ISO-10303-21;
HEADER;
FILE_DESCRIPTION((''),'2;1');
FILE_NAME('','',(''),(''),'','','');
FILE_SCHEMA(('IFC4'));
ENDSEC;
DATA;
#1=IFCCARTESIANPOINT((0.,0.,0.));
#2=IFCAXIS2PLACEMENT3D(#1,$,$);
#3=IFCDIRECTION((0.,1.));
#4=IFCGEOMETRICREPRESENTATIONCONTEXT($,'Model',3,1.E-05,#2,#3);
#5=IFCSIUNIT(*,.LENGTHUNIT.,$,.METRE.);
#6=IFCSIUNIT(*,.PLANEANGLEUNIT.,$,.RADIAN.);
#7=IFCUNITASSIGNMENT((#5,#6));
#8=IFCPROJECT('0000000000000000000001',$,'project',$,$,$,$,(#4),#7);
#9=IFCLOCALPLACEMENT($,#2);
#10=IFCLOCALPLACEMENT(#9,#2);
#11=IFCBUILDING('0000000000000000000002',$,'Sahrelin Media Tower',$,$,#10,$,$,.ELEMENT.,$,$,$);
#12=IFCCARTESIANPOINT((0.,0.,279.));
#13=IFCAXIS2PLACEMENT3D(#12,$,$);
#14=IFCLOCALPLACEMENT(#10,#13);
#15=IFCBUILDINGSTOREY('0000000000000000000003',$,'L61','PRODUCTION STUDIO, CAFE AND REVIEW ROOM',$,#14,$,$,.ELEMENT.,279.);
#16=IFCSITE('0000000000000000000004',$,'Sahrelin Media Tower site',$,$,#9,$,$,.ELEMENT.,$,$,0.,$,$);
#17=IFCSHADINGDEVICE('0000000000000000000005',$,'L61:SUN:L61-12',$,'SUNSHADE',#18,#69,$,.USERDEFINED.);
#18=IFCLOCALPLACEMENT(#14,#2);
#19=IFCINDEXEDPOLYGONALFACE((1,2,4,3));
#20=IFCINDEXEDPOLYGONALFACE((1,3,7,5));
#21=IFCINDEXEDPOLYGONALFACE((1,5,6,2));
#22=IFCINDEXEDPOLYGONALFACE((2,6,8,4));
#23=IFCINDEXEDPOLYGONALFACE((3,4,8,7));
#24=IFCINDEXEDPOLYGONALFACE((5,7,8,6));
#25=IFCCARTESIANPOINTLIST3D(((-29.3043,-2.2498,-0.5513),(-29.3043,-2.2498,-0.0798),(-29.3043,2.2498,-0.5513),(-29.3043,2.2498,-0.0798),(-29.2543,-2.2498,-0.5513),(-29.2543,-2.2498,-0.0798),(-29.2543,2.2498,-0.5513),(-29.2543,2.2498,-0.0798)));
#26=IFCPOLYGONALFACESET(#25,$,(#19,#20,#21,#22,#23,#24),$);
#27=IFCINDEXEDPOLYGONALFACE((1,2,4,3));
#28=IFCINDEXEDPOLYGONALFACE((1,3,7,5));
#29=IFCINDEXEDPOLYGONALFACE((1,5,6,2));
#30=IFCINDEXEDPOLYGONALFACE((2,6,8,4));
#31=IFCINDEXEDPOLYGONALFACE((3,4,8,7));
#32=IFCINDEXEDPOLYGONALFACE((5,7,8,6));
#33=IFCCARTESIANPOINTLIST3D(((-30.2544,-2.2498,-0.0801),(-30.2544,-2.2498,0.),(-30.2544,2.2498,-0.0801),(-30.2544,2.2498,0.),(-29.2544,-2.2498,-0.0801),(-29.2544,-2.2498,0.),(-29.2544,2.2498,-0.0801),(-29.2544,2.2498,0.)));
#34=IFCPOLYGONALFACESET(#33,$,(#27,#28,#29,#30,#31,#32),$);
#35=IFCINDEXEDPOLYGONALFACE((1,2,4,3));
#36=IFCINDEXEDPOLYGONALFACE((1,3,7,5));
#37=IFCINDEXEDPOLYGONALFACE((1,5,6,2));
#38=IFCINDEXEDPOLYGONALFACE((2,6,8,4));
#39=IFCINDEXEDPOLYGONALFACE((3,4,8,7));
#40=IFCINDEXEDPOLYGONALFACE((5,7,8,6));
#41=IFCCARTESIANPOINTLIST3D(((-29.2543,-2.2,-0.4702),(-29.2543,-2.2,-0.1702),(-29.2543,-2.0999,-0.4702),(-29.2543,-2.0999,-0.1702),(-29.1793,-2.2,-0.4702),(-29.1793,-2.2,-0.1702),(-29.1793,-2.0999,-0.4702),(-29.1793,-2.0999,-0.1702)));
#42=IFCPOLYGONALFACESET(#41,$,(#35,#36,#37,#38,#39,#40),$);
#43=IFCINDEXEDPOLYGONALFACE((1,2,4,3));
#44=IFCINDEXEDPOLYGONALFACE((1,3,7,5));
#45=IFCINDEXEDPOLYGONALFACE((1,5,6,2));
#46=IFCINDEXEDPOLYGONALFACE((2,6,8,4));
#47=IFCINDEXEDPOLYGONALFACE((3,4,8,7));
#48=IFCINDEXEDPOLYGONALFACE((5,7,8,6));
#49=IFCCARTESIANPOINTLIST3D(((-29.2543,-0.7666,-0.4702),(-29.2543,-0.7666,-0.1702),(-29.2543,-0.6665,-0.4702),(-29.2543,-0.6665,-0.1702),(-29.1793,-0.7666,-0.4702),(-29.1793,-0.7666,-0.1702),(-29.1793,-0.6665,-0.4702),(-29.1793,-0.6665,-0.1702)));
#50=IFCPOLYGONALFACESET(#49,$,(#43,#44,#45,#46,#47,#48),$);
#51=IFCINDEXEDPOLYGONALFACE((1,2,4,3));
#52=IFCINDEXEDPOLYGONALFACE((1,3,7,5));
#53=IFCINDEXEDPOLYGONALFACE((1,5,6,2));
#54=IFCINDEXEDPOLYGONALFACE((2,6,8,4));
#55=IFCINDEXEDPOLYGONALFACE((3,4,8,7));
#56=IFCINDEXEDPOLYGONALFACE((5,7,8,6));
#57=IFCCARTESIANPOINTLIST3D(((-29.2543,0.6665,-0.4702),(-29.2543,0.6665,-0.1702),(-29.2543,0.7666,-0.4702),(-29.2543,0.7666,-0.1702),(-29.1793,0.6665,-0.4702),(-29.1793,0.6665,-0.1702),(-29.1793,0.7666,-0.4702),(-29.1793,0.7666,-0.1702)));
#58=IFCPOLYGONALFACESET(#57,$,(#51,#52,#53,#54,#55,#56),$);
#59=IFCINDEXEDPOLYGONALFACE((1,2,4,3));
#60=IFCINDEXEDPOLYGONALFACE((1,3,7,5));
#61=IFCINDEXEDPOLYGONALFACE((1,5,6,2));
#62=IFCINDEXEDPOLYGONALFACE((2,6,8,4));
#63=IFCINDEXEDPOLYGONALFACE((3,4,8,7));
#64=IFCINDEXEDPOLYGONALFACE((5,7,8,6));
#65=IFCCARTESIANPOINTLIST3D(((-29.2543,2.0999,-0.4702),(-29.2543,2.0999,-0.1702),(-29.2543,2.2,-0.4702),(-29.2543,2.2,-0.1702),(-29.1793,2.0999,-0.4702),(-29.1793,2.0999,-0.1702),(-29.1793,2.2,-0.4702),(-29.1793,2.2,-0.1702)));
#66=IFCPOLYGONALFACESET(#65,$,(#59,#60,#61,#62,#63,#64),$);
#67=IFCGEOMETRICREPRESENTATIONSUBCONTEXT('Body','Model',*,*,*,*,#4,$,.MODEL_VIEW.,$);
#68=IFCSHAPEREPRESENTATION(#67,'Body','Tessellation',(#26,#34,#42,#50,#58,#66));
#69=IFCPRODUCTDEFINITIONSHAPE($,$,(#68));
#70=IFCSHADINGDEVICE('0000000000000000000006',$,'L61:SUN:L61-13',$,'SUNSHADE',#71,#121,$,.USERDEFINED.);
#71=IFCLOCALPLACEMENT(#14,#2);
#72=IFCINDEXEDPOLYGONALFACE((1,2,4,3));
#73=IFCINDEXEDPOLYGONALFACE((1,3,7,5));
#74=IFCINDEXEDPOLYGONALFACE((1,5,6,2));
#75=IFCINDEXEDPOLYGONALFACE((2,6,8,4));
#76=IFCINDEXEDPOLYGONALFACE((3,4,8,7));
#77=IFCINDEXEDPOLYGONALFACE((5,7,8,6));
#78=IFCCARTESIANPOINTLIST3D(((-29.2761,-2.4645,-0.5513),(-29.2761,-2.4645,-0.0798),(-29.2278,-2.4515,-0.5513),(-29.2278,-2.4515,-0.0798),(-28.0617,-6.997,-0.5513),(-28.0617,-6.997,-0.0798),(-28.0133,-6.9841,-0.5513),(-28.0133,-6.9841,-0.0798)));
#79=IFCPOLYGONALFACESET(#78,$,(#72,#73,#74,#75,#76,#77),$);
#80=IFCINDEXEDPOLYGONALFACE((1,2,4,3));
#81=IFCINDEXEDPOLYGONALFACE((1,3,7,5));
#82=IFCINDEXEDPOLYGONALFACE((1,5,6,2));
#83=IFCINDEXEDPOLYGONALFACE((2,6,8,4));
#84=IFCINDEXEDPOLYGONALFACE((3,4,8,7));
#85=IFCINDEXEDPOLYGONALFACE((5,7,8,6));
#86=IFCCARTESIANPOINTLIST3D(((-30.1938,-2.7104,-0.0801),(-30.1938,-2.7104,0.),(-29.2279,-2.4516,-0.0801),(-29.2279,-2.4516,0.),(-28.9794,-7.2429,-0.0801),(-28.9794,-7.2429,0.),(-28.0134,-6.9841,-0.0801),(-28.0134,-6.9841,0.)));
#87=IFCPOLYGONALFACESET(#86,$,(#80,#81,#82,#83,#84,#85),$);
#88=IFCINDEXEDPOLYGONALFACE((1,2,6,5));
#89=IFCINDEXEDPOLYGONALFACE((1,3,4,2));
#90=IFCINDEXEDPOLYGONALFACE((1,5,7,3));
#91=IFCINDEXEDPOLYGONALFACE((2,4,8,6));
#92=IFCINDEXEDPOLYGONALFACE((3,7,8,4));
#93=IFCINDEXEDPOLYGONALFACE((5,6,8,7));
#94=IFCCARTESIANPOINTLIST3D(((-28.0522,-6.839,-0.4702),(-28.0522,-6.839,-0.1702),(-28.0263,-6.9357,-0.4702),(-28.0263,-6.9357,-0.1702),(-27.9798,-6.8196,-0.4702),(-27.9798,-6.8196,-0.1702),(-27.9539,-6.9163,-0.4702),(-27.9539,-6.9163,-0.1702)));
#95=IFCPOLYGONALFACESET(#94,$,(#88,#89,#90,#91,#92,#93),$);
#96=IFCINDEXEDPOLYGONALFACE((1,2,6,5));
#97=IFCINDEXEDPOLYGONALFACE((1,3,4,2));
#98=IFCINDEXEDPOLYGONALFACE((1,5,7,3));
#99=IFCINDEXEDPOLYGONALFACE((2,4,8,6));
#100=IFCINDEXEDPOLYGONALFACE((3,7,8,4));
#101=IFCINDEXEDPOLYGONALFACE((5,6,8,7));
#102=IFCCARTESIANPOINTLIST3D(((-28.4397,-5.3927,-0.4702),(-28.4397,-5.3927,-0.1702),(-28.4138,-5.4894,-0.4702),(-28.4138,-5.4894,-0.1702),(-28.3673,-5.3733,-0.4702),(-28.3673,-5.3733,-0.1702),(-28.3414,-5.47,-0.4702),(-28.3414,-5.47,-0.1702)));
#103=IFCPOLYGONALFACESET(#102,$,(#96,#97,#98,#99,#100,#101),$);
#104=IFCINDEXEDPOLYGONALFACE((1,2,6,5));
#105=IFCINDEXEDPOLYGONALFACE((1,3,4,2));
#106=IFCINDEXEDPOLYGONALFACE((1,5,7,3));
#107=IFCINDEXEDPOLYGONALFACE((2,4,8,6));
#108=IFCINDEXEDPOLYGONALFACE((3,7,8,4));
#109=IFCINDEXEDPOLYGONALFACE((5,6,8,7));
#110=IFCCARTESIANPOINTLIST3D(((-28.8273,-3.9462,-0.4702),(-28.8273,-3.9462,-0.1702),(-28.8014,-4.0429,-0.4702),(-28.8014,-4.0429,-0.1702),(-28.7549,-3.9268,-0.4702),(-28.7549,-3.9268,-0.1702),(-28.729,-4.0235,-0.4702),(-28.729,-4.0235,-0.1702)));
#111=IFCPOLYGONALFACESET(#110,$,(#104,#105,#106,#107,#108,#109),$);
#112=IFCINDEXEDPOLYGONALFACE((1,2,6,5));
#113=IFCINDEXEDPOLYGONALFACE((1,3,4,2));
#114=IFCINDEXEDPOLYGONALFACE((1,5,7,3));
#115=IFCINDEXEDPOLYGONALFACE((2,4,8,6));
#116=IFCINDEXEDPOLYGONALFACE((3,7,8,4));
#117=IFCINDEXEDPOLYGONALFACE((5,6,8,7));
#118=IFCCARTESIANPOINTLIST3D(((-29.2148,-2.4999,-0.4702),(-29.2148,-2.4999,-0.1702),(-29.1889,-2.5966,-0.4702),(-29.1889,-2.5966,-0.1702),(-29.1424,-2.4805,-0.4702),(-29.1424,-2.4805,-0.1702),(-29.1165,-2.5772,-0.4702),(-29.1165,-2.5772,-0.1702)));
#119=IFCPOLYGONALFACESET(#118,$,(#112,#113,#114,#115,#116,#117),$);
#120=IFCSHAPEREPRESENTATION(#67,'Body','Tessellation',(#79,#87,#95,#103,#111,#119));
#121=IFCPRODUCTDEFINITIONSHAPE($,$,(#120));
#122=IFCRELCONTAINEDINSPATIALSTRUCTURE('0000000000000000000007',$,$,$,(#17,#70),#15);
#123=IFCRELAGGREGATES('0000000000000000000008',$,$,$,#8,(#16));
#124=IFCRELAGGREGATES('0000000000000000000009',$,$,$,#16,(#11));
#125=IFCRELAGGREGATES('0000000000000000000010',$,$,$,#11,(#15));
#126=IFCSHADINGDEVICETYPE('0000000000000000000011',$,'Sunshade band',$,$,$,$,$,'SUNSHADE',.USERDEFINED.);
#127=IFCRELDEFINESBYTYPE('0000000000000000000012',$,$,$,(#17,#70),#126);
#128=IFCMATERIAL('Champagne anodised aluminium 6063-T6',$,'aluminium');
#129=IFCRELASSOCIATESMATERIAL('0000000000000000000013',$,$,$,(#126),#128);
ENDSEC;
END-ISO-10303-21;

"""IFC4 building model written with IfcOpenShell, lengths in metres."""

from ifc_helpers import new_model, si_unit, direction, frame, origin, origin_2d, place, context, subcontext, project, spatial, rectangle, extrude, material, type_object, element, save


model = new_model("IFC4")

# Units and contexts
model_context = context("Model", 3, precision=1e-05, world=origin(), true_north=direction((0.0, 1.0)))
body_context = subcontext(model_context, "Body", "Model", "MODEL_VIEW")
ifc_project = project(units=[si_unit("LENGTHUNIT", "METRE"), si_unit("PLANEANGLEUNIT", "RADIAN")], contexts=[model_context])

# Site, building, storey
site_placement = place(None, origin())
site = spatial("IfcSite", under=ifc_project, at=site_placement, Name="Sahrelin Media Tower site", CompositionType="ELEMENT", RefElevation=0.0)
building_placement = place(site_placement, origin())
building = spatial("IfcBuilding", under=site, at=building_placement, Name="Sahrelin Media Tower", CompositionType="ELEMENT")
storey_placement = place(building_placement, frame((0.0, 0.0, 279.0)))
storey = spatial("IfcBuildingStorey", under=building, at=storey_placement, Name="L61", Description="PRODUCTION STUDIO, CAFE AND REVIEW ROOM", CompositionType="ELEMENT", Elevation=279.0)

# Shared definitions
ifc_material_1 = material(Name="Champagne anodised aluminium 6063-T6", Category="aluminium")

# Shading devices
placement_1 = place(storey_placement, frame((-29.2344, 0.0, 0.0), z_axis=(0.0, 0.0, 1.0), x_axis=(0.0, 1.0, 0.0)))
placement_2 = place(storey_placement, frame((-28.6013, -4.7126, 0.0), z_axis=(0.0, 0.0, 1.0), x_axis=(-0.258808, 0.965929, 0.0)))
shading_device_type_1 = type_object("IfcShadingDeviceType", Name="Sunshade band", ElementType="SUNSHADE", PredefinedType="USERDEFINED", material=ifc_material_1)
element("IfcShadingDevice", 1, at=placement_1, inside=storey, type_object=shading_device_type_1, Name="L61:SUN:L61-12", ObjectType="SUNSHADE", PredefinedType="USERDEFINED", context=body_context, shape_type="SweptSolid", body=[
    extrude(rectangle(XDim=4.4995, YDim=0.05, at=origin_2d()), frame((0.0, 0.0449, -0.5513)), (0.0, 0.0, 1.0), 0.4714),
    extrude(rectangle(XDim=4.4995, YDim=1.0, at=origin_2d()), frame((0.0, 0.52, -0.0801)), (0.0, 0.0, 1.0), 0.0801),
    extrude(rectangle(XDim=0.1001, YDim=0.075, at=origin_2d()), frame((-2.1499, -0.0176, -0.4702)), (0.0, 0.0, 1.0), 0.3),
    extrude(rectangle(XDim=0.1001, YDim=0.075, at=origin_2d()), frame((-0.7166, -0.0176, -0.4702)), (0.0, 0.0, 1.0), 0.3),
    extrude(rectangle(XDim=0.1001, YDim=0.075, at=origin_2d()), frame((0.7166, -0.0176, -0.4702)), (0.0, 0.0, 1.0), 0.3),
    extrude(rectangle(XDim=0.1001, YDim=0.075, at=origin_2d()), frame((2.1499, -0.0176, -0.4702)), (0.0, 0.0, 1.0), 0.3),
])
element("IfcShadingDevice", 2, at=placement_2, inside=storey, type_object=shading_device_type_1, Name="L61:SUN:L61-13", ObjectType="SUNSHADE", PredefinedType="USERDEFINED", context=body_context, shape_type="SweptSolid", body=[
    extrude(rectangle(XDim=4.6924, YDim=0.05, at=origin_2d()), frame((0.0, 0.0449, -0.5513)), (0.0, 0.0, 1.0), 0.4714),
    extrude(rectangle(XDim=4.6924, YDim=1.0, at=origin_2d()), frame((0.0, 0.52, -0.0801)), (0.0, 0.0, 1.0), 0.0801),
    extrude(rectangle(XDim=0.1001, YDim=0.075, at=origin_2d()), frame((-2.2461, -0.0176, -0.4702)), (0.0, 0.0, 1.0), 0.3),
    extrude(rectangle(XDim=0.1001, YDim=0.075, at=origin_2d()), frame((-0.7488, -0.0176, -0.4702)), (0.0, 0.0, 1.0), 0.3),
    extrude(rectangle(XDim=0.1001, YDim=0.075, at=origin_2d()), frame((0.7488, -0.0176, -0.4702)), (0.0, 0.0, 1.0), 0.3),
    extrude(rectangle(XDim=0.1001, YDim=0.075, at=origin_2d()), frame((2.2461, -0.0176, -0.4702)), (0.0, 0.0, 1.0), 0.3),
])

save(model, "model.ifc")
